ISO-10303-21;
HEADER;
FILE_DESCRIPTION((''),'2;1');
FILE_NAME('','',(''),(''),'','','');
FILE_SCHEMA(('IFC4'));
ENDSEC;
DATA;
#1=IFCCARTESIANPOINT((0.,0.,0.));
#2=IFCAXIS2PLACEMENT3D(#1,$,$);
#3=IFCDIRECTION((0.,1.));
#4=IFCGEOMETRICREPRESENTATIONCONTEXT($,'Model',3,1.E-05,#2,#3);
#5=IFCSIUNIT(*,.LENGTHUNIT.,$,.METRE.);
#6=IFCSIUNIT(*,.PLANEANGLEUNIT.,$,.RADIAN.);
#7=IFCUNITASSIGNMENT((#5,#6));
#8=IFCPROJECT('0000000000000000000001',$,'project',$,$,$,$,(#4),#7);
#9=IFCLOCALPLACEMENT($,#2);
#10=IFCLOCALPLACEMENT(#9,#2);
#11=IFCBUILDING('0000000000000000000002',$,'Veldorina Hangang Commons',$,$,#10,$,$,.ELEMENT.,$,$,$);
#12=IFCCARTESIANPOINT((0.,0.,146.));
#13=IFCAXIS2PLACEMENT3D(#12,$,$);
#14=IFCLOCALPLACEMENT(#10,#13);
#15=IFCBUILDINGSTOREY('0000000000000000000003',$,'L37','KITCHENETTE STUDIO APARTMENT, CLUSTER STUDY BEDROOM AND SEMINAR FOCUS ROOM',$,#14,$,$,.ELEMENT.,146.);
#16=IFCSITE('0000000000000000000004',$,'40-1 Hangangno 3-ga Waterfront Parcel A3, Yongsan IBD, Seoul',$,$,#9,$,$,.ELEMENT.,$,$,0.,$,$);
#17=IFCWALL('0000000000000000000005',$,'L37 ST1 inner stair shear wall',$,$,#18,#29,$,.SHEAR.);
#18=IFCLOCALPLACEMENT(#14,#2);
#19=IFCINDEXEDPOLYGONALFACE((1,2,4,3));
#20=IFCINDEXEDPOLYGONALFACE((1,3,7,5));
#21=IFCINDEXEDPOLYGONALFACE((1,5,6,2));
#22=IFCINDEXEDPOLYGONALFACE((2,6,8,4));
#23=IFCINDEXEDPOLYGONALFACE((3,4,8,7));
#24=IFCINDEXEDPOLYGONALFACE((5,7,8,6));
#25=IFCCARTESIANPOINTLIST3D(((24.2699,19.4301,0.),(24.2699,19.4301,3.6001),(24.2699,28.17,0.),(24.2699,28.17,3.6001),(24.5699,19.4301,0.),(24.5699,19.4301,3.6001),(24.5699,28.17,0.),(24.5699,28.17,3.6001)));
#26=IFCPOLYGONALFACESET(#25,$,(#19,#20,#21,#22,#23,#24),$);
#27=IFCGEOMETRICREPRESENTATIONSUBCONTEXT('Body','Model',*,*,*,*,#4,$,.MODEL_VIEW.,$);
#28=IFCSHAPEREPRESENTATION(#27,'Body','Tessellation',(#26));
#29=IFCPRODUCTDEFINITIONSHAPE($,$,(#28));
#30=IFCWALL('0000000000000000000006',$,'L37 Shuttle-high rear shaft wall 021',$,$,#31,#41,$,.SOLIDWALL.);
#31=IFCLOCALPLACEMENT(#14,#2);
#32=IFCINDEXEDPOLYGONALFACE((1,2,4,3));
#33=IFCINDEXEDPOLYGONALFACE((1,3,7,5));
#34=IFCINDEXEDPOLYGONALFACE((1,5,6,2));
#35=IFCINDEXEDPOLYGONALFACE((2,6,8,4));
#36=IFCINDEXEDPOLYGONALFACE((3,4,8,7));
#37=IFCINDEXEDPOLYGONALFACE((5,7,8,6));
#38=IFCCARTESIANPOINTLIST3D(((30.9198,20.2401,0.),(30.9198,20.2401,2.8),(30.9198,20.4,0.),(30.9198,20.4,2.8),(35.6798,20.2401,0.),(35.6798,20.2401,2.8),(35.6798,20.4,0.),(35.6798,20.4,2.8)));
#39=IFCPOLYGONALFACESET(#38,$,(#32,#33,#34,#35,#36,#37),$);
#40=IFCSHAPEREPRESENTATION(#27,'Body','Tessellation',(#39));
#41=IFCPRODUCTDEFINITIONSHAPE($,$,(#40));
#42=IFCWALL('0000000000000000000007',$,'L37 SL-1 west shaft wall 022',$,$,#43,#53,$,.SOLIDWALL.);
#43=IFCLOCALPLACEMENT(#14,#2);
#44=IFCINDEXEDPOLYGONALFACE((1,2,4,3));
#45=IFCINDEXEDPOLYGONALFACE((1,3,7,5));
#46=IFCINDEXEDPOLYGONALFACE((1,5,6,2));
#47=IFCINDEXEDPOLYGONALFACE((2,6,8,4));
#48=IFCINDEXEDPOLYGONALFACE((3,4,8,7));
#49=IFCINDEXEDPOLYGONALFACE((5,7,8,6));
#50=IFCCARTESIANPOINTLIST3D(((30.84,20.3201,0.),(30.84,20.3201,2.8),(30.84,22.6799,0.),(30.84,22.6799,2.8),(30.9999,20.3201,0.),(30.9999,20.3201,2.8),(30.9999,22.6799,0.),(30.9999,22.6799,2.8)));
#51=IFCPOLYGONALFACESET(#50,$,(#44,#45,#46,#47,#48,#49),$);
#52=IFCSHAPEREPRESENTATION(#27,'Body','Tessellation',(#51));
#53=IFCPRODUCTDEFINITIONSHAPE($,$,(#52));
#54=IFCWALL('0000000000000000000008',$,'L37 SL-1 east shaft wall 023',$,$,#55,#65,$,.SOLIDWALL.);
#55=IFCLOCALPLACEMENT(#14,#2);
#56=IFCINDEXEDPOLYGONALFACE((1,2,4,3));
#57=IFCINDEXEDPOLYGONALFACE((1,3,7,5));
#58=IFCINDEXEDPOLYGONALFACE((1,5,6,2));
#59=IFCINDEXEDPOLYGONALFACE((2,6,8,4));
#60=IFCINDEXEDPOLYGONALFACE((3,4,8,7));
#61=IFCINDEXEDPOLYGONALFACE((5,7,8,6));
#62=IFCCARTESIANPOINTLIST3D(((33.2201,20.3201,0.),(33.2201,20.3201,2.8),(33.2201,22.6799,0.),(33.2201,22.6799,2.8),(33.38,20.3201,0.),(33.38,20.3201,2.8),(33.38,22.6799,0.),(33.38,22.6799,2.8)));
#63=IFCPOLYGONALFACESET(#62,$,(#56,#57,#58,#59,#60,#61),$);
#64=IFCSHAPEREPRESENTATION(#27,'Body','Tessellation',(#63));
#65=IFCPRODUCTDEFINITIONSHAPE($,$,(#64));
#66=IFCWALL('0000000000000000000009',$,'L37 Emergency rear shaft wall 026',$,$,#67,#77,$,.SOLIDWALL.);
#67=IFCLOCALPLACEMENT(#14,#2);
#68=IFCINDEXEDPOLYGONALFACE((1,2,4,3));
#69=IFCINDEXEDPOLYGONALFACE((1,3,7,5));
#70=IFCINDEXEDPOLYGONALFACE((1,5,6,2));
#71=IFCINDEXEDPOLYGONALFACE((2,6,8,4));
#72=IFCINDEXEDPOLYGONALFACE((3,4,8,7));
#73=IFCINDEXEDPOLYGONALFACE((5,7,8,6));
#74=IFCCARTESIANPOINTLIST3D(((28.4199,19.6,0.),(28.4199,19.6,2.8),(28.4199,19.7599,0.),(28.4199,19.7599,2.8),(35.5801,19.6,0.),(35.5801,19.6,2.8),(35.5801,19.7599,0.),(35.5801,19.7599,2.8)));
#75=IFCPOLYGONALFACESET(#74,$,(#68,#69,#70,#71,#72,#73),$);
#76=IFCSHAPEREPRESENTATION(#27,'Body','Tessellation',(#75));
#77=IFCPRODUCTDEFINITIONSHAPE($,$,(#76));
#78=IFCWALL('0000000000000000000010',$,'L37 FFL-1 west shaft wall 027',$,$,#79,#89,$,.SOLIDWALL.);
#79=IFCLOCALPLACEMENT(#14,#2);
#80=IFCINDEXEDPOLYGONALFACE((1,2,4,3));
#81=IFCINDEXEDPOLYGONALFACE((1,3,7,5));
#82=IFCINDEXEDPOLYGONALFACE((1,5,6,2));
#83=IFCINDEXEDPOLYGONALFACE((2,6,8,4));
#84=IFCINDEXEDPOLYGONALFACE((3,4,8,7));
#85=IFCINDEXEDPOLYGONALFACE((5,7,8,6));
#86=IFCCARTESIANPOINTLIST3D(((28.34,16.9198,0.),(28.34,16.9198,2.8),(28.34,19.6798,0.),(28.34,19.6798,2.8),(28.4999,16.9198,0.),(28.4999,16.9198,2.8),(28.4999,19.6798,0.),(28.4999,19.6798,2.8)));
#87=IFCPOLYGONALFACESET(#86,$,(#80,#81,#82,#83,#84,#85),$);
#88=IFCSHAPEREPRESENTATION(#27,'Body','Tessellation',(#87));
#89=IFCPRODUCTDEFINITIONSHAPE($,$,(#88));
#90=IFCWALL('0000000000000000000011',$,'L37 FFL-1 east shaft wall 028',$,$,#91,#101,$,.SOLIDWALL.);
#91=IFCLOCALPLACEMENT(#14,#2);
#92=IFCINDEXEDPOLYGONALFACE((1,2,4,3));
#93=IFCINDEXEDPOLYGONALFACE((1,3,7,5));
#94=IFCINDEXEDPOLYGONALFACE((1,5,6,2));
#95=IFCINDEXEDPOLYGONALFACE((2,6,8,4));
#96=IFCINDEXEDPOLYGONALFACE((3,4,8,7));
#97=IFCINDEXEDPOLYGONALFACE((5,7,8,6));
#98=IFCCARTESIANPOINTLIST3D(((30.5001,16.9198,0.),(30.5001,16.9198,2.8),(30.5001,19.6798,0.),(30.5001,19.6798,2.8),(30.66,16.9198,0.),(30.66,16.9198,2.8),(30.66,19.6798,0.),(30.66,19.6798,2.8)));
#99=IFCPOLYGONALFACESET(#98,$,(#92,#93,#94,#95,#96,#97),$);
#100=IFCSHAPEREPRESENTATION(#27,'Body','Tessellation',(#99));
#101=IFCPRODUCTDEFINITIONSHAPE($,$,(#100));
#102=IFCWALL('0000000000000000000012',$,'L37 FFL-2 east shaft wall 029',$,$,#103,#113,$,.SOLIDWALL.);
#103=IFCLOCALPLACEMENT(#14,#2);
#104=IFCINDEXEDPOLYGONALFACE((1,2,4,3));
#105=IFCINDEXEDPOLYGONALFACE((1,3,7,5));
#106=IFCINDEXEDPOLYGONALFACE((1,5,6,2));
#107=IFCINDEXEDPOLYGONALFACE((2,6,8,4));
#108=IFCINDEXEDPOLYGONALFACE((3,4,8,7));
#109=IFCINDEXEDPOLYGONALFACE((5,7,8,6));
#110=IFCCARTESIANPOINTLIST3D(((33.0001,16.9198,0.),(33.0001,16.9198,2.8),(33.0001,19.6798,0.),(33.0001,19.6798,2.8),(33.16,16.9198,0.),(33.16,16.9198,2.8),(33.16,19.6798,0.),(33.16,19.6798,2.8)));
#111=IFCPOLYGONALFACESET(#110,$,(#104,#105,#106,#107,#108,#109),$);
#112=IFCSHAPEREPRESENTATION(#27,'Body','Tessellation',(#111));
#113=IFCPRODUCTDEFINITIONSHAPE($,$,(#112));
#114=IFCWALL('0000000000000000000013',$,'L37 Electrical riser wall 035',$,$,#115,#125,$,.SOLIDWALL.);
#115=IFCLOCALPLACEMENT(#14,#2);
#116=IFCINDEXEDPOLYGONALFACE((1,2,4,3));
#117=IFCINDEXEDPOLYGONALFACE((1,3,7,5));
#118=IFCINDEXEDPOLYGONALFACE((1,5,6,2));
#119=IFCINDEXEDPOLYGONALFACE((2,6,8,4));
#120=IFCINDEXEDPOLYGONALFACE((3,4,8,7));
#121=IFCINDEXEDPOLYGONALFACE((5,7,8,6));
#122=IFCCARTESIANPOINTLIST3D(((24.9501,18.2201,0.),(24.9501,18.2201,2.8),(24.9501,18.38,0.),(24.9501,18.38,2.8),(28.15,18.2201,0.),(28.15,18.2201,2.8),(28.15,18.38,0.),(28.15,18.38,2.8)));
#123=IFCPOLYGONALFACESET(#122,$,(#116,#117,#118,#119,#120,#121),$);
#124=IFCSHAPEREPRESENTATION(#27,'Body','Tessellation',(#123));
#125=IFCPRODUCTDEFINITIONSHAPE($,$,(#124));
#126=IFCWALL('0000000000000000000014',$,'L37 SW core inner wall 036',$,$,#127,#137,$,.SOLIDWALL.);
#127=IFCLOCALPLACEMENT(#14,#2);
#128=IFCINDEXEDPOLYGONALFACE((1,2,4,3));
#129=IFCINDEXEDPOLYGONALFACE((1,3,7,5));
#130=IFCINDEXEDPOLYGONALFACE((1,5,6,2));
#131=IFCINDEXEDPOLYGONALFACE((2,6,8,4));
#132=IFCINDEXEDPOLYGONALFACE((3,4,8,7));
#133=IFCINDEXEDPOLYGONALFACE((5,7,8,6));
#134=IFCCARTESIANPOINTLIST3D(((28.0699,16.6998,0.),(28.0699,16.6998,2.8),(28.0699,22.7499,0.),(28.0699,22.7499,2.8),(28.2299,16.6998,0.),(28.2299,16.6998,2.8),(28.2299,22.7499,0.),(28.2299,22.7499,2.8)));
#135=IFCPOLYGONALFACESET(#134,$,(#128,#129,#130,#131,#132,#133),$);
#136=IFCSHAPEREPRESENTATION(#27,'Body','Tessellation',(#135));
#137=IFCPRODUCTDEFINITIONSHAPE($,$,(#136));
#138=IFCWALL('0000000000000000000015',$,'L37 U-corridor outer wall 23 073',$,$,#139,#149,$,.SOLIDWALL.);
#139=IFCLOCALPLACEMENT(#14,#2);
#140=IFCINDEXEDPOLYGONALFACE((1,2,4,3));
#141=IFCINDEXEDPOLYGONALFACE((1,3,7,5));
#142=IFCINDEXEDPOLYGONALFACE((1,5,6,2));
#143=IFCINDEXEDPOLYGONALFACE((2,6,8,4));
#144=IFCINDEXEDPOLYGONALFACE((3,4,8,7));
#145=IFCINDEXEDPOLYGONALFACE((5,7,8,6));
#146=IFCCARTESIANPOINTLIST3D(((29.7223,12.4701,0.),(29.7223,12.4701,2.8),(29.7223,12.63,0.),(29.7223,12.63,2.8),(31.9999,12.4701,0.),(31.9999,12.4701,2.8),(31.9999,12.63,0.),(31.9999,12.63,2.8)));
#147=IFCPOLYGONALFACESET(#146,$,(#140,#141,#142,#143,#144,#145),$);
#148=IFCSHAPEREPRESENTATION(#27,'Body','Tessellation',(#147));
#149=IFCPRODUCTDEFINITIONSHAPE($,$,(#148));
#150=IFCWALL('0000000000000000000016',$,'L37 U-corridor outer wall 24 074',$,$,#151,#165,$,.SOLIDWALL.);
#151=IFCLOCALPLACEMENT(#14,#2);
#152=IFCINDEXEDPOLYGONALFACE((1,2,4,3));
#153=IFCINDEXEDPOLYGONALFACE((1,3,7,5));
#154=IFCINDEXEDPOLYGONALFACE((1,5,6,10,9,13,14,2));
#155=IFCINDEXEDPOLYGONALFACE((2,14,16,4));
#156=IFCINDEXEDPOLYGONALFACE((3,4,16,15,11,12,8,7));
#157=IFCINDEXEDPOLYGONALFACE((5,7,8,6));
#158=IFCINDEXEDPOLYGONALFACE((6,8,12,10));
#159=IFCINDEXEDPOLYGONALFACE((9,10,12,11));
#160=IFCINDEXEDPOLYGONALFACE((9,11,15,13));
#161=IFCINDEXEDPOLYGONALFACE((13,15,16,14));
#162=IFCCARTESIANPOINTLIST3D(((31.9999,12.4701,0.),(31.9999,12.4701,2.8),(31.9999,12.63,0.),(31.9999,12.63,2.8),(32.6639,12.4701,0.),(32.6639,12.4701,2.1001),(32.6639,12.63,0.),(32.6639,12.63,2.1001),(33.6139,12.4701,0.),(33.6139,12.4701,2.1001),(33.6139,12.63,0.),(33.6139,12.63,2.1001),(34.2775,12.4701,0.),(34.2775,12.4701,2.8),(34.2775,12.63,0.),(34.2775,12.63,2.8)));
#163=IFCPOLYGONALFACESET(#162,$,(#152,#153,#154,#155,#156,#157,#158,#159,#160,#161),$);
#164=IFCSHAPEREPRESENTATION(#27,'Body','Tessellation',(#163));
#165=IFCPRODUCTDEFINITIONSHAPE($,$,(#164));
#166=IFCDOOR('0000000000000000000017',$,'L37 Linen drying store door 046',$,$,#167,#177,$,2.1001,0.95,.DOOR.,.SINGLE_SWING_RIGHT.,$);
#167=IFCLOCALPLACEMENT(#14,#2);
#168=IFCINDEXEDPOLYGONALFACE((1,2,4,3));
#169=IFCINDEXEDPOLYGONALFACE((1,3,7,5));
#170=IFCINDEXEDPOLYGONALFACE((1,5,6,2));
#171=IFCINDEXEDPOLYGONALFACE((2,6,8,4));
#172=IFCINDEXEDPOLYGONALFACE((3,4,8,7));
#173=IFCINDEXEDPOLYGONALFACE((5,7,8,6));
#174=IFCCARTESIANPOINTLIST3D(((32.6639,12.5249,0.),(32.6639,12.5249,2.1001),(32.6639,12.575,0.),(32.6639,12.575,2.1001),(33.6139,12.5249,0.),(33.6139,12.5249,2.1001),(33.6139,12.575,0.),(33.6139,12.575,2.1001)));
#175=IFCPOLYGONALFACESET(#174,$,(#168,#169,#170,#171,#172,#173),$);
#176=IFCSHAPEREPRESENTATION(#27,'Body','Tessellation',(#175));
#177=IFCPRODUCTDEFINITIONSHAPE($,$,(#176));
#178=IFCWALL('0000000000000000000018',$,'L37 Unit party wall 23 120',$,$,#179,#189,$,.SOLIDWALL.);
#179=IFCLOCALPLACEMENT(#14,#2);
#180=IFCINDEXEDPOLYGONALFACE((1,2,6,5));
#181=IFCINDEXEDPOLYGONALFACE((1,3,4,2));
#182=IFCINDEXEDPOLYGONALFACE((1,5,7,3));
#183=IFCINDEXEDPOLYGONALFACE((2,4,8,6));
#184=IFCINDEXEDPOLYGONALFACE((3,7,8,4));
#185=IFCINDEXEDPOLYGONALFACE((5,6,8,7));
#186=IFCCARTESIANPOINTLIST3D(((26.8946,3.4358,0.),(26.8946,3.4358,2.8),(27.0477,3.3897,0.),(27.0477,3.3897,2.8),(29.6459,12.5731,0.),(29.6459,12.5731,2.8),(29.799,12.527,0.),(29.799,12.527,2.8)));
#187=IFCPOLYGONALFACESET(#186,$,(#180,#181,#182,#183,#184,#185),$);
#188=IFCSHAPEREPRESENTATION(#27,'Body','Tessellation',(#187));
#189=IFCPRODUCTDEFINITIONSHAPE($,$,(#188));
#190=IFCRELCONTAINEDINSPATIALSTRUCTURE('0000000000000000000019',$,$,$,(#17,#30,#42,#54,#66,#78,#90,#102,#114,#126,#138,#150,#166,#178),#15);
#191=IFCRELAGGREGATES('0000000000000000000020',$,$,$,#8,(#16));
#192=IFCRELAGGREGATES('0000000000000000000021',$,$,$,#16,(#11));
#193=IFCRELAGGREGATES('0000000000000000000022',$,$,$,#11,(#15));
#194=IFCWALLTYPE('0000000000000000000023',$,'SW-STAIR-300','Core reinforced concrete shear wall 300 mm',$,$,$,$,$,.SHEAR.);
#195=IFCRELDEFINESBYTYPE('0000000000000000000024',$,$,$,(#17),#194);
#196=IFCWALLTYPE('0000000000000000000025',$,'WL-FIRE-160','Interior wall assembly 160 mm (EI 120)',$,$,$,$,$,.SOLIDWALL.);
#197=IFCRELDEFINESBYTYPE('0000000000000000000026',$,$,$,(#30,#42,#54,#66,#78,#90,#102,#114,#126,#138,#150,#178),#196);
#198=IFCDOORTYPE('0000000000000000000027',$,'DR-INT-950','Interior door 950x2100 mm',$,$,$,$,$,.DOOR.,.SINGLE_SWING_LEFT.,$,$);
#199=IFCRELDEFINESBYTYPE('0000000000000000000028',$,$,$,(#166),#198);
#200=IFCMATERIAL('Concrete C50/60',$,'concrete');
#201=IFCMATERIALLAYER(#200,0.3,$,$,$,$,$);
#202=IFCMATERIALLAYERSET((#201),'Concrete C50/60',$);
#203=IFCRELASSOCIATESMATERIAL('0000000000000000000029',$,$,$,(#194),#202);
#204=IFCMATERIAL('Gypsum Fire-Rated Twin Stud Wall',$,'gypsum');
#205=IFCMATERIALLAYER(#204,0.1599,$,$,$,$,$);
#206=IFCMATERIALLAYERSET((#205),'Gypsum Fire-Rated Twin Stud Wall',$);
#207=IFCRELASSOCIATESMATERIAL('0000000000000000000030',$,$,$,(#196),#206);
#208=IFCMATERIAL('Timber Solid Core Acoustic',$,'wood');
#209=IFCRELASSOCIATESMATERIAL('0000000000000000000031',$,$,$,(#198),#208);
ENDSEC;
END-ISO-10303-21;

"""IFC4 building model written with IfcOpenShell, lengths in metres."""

from ifc_helpers import new_model, si_unit, direction, frame, frame_2d, origin, place, context, subcontext, project, spatial, rectangle, extrude, material, layer, layer_set, type_object, element, fill, save


model = new_model("IFC4")

# Units and contexts
model_context = context("Model", 3, precision=1e-05, world=origin(), true_north=direction((0.0, 1.0)))
body_context = subcontext(model_context, "Body", "Model", "MODEL_VIEW")
ifc_project = project(units=[si_unit("LENGTHUNIT", "METRE"), si_unit("PLANEANGLEUNIT", "RADIAN")], contexts=[model_context])

# Site, building, storey
site_placement = place(None, origin())
site = spatial("IfcSite", under=ifc_project, at=site_placement, Name="40-1 Hangangno 3-ga Waterfront Parcel A3, Yongsan IBD, Seoul", CompositionType="ELEMENT", RefElevation=0.0)
building_placement = place(site_placement, origin())
building = spatial("IfcBuilding", under=site, at=building_placement, Name="Veldorina Hangang Commons", CompositionType="ELEMENT")
storey_placement = place(building_placement, frame((0.0, 0.0, 146.0)))
storey = spatial("IfcBuildingStorey", under=building, at=storey_placement, Name="L37", Description="KITCHENETTE STUDIO APARTMENT, CLUSTER STUDY BEDROOM AND SEMINAR FOCUS ROOM", CompositionType="ELEMENT", Elevation=146.0)

# Walls
ifc_material_1 = material(Name="Concrete C50/60", Category="concrete")
ifc_layer_1 = layer(ifc_material_1, 0.3)
ifc_layer_set_1 = layer_set([ifc_layer_1], Name="Concrete C50/60")
wall_type_1 = type_object("IfcWallType", Name="SW-STAIR-300", Description="Core reinforced concrete shear wall 300 mm", PredefinedType="SHEAR", material=ifc_layer_set_1)
wall_1_placement = place(storey_placement, frame((24.4199, 19.4299, 0.0), z_axis=(0.0, 0.0, 1.0), x_axis=(0.0, 1.0, 0.0)))
element("IfcWall", 1, at=wall_1_placement, inside=storey, type_object=wall_type_1, Name="L37 ST1 inner stair shear wall", PredefinedType="SHEAR", context=body_context, shape_type="SweptSolid", body=[
    extrude(rectangle(XDim=8.74, YDim=0.3, at=frame_2d((4.3701, 0.0))), origin(), (0.0, 0.0, 1.0), 3.6001),
])
ifc_material_2 = material(Name="Gypsum Fire-Rated Twin Stud Wall", Category="gypsum")
ifc_layer_2 = layer(ifc_material_2, 0.1599)
ifc_layer_set_2 = layer_set([ifc_layer_2], Name="Gypsum Fire-Rated Twin Stud Wall")
wall_type_2 = type_object("IfcWallType", Name="WL-FIRE-160", Description="Interior wall assembly 160 mm (EI 120)", PredefinedType="SOLIDWALL", material=ifc_layer_set_2)
wall_2_placement = place(storey_placement, frame((30.9199, 20.3201, 0.0), z_axis=(0.0, 0.0, 1.0), x_axis=(1.0, 0.0, 0.0)))
element("IfcWall", 2, at=wall_2_placement, inside=storey, type_object=wall_type_2, Name="L37 Shuttle-high rear shaft wall 021", PredefinedType="SOLIDWALL", context=body_context, shape_type="SweptSolid", body=[
    extrude(rectangle(XDim=4.76, YDim=0.1599, at=frame_2d((2.3799, 0.0))), origin(), (0.0, 0.0, 1.0), 2.8),
])
for number, where, z_axis, x_axis, name in (
    (3, (30.9199, 20.3201, 0.0), (0.0, 0.0, 1.0), (0.0, 1.0, 0.0), "L37 SL-1 west shaft wall 022"),
    (4, (33.3, 20.3201, 0.0), (0.0, 0.0, 1.0), (0.0, 1.0, 0.0), "L37 SL-1 east shaft wall 023"),
):
    element("IfcWall", number, at=place(storey_placement, frame(where, z_axis=z_axis, x_axis=x_axis)), inside=storey, type_object=wall_type_2, Name=name, PredefinedType="SOLIDWALL", context=body_context, shape_type="SweptSolid", body=[
        extrude(rectangle(XDim=2.3599, YDim=0.1599, at=frame_2d((1.1799, 0.0))), origin(), (0.0, 0.0, 1.0), 2.8),
    ])

# Walls
wall_3_placement = place(storey_placement, frame((28.4199, 19.6799, 0.0), z_axis=(0.0, 0.0, 1.0), x_axis=(1.0, 0.0, 0.0)))
element("IfcWall", 5, at=wall_3_placement, inside=storey, type_object=wall_type_2, Name="L37 Emergency rear shaft wall 026", PredefinedType="SOLIDWALL", context=body_context, shape_type="SweptSolid", body=[
    extrude(rectangle(XDim=7.1602, YDim=0.1599, at=frame_2d((3.5801, 0.0))), origin(), (0.0, 0.0, 1.0), 2.8),
])
for number, where, z_axis, x_axis, name in (
    (6, (28.4199, 16.9199, 0.0), (0.0, 0.0, 1.0), (0.0, 1.0, 0.0), "L37 FFL-1 west shaft wall 027"),
    (7, (30.5801, 16.9199, 0.0), (0.0, 0.0, 1.0), (0.0, 1.0, 0.0), "L37 FFL-1 east shaft wall 028"),
    (8, (33.0801, 16.9199, 0.0), (0.0, 0.0, 1.0), (0.0, 1.0, 0.0), "L37 FFL-2 east shaft wall 029"),
):
    element("IfcWall", number, at=place(storey_placement, frame(where, z_axis=z_axis, x_axis=x_axis)), inside=storey, type_object=wall_type_2, Name=name, PredefinedType="SOLIDWALL", context=body_context, shape_type="SweptSolid", body=[
        extrude(rectangle(XDim=2.76, YDim=0.1599, at=frame_2d((1.3799, 0.0))), origin(), (0.0, 0.0, 1.0), 2.8),
    ])
wall_4_placement = place(storey_placement, frame((24.95, 18.3, 0.0), z_axis=(0.0, 0.0, 1.0), x_axis=(1.0, 0.0, 0.0)))
element("IfcWall", 9, at=wall_4_placement, inside=storey, type_object=wall_type_2, Name="L37 Electrical riser wall 035", PredefinedType="SOLIDWALL", context=body_context, shape_type="SweptSolid", body=[
    extrude(rectangle(XDim=3.2, YDim=0.1599, at=frame_2d((1.6001, 0.0))), origin(), (0.0, 0.0, 1.0), 2.8),
])
wall_5_placement = place(storey_placement, frame((28.1499, 16.7, 0.0), z_axis=(0.0, 0.0, 1.0), x_axis=(0.0, 1.0, 0.0)))
element("IfcWall", 10, at=wall_5_placement, inside=storey, type_object=wall_type_2, Name="L37 SW core inner wall 036", PredefinedType="SOLIDWALL", context=body_context, shape_type="SweptSolid", body=[
    extrude(rectangle(XDim=6.05, YDim=0.1599, at=frame_2d((3.0249, 0.0))), origin(), (0.0, 0.0, 1.0), 2.8),
])
wall_6_placement = place(storey_placement, frame((29.7224, 12.55, 0.0), z_axis=(0.0, 0.0, 1.0), x_axis=(1.0, 0.0, 0.0)))
element("IfcWall", 11, at=wall_6_placement, inside=storey, type_object=wall_type_2, Name="L37 U-corridor outer wall 23 073", PredefinedType="SOLIDWALL", context=body_context, shape_type="SweptSolid", body=[
    extrude(rectangle(XDim=2.2776, YDim=0.1599, at=frame_2d((1.1387, 0.0))), origin(), (0.0, 0.0, 1.0), 2.8),
])

# Wall, opening, door
wall_7_placement = place(storey_placement, frame((32.0, 12.55, 0.0), z_axis=(0.0, 0.0, 1.0), x_axis=(1.0, 0.0, 0.0)))
wall_7 = element("IfcWall", 12, at=wall_7_placement, inside=storey, type_object=wall_type_2, Name="L37 U-corridor outer wall 24 074", PredefinedType="SOLIDWALL", context=body_context, shape_type="SweptSolid", body=[
    extrude(rectangle(XDim=2.2776, YDim=0.1599, at=frame_2d((1.1387, 0.0))), origin(), (0.0, 0.0, 1.0), 2.8),
])
opening_1_placement = place(wall_7_placement, frame((0.6638, 0.0, 0.0)))
opening_1 = element("IfcOpeningElement", 13, at=opening_1_placement, cuts=wall_7, PredefinedType="OPENING", context=body_context, shape_type="SweptSolid", body=[
    extrude(rectangle(XDim=0.95, YDim=2.1001, at=frame_2d((0.4751, 1.05))), frame((0.0, 0.0898, 0.0), z_axis=(0.0, -1.0, 0.0), x_axis=(1.0, 0.0, 0.0)), (0.0, 0.0, 1.0), 0.1799),
])
ifc_material_3 = material(Name="Timber Solid Core Acoustic", Category="wood")
door_type_1 = type_object("IfcDoorType", Name="DR-INT-950", Description="Interior door 950x2100 mm", OperationType="SINGLE_SWING_LEFT", PredefinedType="DOOR", material=ifc_material_3)
door_1_placement = place(opening_1_placement, origin())
door_1 = element("IfcDoor", 14, at=door_1_placement, inside=storey, type_object=door_type_1, Name="L37 Linen drying store door 046", OperationType="SINGLE_SWING_RIGHT", OverallHeight=2.1001, OverallWidth=0.95, PredefinedType="DOOR", context=body_context, shape_type="SweptSolid", body=[
    extrude(rectangle(XDim=0.95, YDim=2.1001, at=frame_2d((0.4751, 1.05))), frame((0.0, 0.0249, 0.0), z_axis=(0.0, -1.0, 0.0), x_axis=(1.0, 0.0, 0.0)), (0.0, 0.0, 1.0), 0.05),
])
fill(opening_1, door_1)

# Wall
wall_8_placement = place(storey_placement, frame((29.7224, 12.55, 0.0), z_axis=(0.0, 0.0, 1.0), x_axis=(-0.288315, -0.957536, 0.0)))
element("IfcWall", 15, at=wall_8_placement, inside=storey, type_object=wall_type_2, Name="L37 Unit party wall 23 120", PredefinedType="SOLIDWALL", context=body_context, shape_type="SweptSolid", body=[
    extrude(rectangle(XDim=9.5425, YDim=0.1599, at=frame_2d((4.7712, 0.0))), origin(), (0.0, 0.0, 1.0), 2.8),
])

save(model, "model.ifc")
